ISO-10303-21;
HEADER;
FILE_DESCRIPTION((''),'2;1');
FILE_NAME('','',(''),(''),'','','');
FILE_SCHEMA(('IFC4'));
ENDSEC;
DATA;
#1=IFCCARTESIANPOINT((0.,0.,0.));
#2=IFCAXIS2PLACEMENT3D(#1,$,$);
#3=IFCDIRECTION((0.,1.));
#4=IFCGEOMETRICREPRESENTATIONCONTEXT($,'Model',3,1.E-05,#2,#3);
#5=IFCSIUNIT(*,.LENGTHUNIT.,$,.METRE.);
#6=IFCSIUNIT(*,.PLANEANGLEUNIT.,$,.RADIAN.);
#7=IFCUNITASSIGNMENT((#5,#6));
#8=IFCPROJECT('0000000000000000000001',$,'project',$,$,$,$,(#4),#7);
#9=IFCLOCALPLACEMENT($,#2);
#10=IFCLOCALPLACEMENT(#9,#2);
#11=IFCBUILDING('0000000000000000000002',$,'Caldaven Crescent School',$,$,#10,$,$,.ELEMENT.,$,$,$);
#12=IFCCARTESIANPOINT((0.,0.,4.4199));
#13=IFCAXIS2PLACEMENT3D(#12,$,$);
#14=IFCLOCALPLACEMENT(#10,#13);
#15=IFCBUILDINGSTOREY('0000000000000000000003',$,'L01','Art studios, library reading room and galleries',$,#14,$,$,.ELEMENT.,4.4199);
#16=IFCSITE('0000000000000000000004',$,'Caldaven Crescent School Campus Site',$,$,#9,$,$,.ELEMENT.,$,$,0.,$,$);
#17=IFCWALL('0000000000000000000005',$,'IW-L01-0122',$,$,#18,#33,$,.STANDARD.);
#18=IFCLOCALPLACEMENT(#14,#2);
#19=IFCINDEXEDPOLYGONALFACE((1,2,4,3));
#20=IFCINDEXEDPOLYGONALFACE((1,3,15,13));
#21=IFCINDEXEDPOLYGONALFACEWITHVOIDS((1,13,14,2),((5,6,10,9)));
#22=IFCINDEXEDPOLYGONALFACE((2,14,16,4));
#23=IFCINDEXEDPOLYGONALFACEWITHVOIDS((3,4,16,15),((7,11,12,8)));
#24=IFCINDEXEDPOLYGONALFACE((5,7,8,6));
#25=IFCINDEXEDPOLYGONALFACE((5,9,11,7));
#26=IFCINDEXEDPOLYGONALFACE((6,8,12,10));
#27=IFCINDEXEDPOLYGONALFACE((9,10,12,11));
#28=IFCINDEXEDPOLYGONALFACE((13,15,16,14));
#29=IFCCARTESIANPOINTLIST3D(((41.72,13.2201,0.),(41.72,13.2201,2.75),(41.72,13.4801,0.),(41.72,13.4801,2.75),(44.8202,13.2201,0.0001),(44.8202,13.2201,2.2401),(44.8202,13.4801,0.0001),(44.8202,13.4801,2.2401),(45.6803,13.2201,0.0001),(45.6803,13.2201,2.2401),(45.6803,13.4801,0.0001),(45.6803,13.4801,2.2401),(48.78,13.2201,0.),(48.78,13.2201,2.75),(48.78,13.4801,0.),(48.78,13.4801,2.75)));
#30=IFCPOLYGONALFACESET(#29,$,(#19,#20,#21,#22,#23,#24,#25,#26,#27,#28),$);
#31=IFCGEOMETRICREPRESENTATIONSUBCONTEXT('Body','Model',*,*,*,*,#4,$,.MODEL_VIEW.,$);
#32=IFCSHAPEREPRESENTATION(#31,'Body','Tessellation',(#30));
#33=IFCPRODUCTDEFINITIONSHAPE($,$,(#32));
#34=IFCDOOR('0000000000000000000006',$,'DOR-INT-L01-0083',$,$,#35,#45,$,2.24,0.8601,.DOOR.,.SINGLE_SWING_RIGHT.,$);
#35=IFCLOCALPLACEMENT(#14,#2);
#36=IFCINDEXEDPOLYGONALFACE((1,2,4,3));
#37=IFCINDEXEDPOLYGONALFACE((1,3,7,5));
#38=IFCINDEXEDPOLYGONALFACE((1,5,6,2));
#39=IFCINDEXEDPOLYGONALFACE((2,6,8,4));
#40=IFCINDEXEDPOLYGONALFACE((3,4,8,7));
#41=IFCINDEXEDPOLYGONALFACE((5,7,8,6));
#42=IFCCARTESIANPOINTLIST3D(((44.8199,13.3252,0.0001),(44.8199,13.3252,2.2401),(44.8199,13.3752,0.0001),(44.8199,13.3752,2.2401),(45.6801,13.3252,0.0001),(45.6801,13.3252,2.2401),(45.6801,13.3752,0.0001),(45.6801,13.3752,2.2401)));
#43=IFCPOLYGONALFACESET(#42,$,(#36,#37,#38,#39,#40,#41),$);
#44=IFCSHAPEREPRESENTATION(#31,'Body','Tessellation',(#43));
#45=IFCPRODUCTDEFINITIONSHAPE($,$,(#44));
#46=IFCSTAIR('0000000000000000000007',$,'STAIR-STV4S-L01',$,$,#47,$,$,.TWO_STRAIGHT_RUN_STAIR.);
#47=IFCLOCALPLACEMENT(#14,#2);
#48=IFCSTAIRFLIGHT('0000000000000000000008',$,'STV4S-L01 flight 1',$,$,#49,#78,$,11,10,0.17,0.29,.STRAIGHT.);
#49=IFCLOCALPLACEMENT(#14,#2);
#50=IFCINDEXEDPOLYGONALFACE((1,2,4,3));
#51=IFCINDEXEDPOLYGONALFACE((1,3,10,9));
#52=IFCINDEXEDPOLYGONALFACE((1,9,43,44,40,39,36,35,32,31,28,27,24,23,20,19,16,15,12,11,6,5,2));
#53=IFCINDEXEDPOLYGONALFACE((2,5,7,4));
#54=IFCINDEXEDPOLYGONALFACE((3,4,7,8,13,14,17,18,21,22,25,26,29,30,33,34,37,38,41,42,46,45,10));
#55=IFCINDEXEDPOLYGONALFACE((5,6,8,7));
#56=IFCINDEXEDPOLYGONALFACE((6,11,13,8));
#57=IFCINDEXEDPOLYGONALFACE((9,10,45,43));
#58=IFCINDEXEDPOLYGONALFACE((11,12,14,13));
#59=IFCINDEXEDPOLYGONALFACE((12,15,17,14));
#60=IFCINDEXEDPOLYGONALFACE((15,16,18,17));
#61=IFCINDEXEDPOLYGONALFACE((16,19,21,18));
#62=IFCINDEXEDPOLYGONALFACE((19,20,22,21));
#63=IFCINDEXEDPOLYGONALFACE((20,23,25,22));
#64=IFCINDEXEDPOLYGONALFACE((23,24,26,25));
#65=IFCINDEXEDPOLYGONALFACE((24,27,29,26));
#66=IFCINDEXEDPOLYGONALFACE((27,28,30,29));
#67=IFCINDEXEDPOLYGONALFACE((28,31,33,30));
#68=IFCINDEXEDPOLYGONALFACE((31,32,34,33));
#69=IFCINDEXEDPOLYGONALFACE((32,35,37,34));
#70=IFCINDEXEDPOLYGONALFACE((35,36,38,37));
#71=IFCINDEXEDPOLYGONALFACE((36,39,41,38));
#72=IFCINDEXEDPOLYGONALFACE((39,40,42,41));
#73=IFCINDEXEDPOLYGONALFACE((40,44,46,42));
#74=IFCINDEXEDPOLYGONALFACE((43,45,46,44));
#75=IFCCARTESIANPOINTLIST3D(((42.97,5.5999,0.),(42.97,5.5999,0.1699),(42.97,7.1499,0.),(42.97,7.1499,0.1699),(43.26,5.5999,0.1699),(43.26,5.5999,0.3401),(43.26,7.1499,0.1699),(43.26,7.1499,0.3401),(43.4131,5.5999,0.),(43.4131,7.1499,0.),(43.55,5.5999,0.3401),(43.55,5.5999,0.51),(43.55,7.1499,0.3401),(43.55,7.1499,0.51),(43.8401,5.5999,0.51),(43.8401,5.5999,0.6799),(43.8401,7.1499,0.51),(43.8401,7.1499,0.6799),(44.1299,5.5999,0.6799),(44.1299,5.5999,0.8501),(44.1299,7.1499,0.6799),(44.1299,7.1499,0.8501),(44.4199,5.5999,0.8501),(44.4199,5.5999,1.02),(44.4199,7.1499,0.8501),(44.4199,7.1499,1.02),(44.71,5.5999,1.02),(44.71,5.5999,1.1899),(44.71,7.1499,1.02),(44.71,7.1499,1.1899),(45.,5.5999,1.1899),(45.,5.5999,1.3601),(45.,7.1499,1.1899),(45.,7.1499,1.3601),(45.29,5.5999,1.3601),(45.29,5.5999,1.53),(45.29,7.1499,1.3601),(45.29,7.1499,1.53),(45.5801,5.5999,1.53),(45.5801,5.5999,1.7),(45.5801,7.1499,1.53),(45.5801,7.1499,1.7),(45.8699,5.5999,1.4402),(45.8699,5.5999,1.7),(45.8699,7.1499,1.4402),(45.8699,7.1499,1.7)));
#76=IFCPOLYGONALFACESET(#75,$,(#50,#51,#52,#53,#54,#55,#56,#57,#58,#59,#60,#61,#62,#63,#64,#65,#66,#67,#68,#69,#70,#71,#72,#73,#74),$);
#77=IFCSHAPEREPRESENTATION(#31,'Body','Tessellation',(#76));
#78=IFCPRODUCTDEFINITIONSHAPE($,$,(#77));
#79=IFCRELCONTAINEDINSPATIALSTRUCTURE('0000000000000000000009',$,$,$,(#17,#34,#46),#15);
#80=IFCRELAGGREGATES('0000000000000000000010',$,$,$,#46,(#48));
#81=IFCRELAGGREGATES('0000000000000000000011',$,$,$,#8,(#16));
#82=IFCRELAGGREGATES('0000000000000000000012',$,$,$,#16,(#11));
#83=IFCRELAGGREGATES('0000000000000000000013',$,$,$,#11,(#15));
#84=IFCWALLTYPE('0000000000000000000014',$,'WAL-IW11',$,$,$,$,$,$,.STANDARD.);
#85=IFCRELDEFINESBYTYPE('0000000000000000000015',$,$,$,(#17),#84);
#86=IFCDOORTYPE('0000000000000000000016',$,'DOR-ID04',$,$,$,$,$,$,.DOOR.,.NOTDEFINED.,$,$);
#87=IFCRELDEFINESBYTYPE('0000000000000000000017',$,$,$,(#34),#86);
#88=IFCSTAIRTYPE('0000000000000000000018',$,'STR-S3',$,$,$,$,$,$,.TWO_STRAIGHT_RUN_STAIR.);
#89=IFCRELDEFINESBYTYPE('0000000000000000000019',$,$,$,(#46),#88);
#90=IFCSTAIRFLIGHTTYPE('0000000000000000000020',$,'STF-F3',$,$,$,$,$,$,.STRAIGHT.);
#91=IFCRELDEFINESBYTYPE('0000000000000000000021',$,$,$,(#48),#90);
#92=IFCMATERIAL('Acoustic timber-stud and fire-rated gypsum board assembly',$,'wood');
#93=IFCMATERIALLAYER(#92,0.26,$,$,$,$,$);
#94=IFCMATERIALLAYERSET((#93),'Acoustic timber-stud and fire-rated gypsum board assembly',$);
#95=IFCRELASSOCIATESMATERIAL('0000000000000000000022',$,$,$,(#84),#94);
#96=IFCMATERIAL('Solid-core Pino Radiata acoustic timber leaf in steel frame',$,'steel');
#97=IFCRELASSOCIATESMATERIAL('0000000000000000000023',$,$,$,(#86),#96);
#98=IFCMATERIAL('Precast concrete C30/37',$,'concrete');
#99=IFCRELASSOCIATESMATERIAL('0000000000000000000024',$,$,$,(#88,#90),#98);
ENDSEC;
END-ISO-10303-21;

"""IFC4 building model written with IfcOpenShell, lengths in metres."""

from ifc_helpers import new_model, si_unit, direction, frame, frame_2d, origin, place, context, subcontext, project, spatial, polyline, rectangle, outline, extrude, material, layer, layer_set, type_object, element, fill, aggregate, save


model = new_model("IFC4")

# Units and contexts
model_context = context("Model", 3, precision=1e-05, world=origin(), true_north=direction((0.0, 1.0)))
body_context = subcontext(model_context, "Body", "Model", "MODEL_VIEW")
ifc_project = project(units=[si_unit("LENGTHUNIT", "METRE"), si_unit("PLANEANGLEUNIT", "RADIAN")], contexts=[model_context])

# Site, building, storey
site_placement = place(None, origin())
site = spatial("IfcSite", under=ifc_project, at=site_placement, Name="Caldaven Crescent School Campus Site", CompositionType="ELEMENT", RefElevation=0.0)
building_placement = place(site_placement, origin())
building = spatial("IfcBuilding", under=site, at=building_placement, Name="Caldaven Crescent School", CompositionType="ELEMENT")
storey_placement = place(building_placement, frame((0.0, 0.0, 4.4199)))
storey = spatial("IfcBuildingStorey", under=building, at=storey_placement, Name="L01", Description="Art studios, library reading room and galleries", CompositionType="ELEMENT", Elevation=4.4199)

# Shared definitions
ifc_material_1 = material(Name="Acoustic timber-stud and fire-rated gypsum board assembly", Category="wood")

# Wall, opening, door
ifc_layer_1 = layer(ifc_material_1, 0.26)
ifc_layer_set_1 = layer_set([ifc_layer_1], Name="Acoustic timber-stud and fire-rated gypsum board assembly")
wall_type_1 = type_object("IfcWallType", Name="WAL-IW11", PredefinedType="STANDARD", material=ifc_layer_set_1)
wall_1_placement = place(storey_placement, frame((41.72, 13.3501, 0.0), z_axis=(0.0, 0.0, 1.0), x_axis=(1.0, 0.0, 0.0)))
wall_1 = element("IfcWall", 1, at=wall_1_placement, inside=storey, type_object=wall_type_1, Name="IW-L01-0122", PredefinedType="STANDARD", context=body_context, shape_type="SweptSolid", body=[
    extrude(rectangle(XDim=7.0601, YDim=0.26, at=frame_2d((3.53, 0.0))), origin(), (0.0, 0.0, 1.0), 2.75),
])
opening_placement = place(wall_1_placement, frame((3.1001, 0.0, 0.0)))
opening = element("IfcOpeningElement", 2, at=opening_placement, cuts=wall_1, PredefinedType="OPENING", context=body_context, shape_type="SweptSolid", body=[
    extrude(rectangle(XDim=0.8601, YDim=2.24, at=frame_2d((0.4302, 1.1201))), frame((0.0, 0.1399, 0.0), z_axis=(0.0, -1.0, 0.0), x_axis=(1.0, 0.0, 0.0)), (0.0, 0.0, 1.0), 0.28),
])
ifc_material_2 = material(Name="Solid-core Pino Radiata acoustic timber leaf in steel frame", Category="steel")
door_type = type_object("IfcDoorType", Name="DOR-ID04", OperationType="NOTDEFINED", PredefinedType="DOOR", material=ifc_material_2)
door_placement = place(opening_placement, frame((0.8601, 0.0, 0.0), z_axis=(0.0, 0.0, 1.0), x_axis=(-1.0, 0.0, 0.0)))
door = element("IfcDoor", 3, at=door_placement, inside=storey, type_object=door_type, Name="DOR-INT-L01-0083", OperationType="SINGLE_SWING_RIGHT", OverallHeight=2.24, OverallWidth=0.8601, PredefinedType="DOOR", context=body_context, shape_type="SweptSolid", body=[
    extrude(rectangle(XDim=0.8601, YDim=2.24, at=frame_2d((0.4302, 1.1201))), frame((0.0, 0.0249, 0.0), z_axis=(0.0, -1.0, 0.0), x_axis=(1.0, 0.0, 0.0)), (0.0, 0.0, 1.0), 0.05),
])
fill(opening, door)

# Stair, stair flight
ifc_material_3 = material(Name="Precast concrete C30/37", Category="concrete")
stair_type = type_object("IfcStairType", Name="STR-S3", PredefinedType="TWO_STRAIGHT_RUN_STAIR", material=ifc_material_3)
stair_placement = place(storey_placement, origin())
stair = element("IfcStair", 4, at=stair_placement, inside=storey, type_object=stair_type, Name="STAIR-STV4S-L01", PredefinedType="TWO_STRAIGHT_RUN_STAIR")
stair_flight_type = type_object("IfcStairFlightType", Name="STF-F3", PredefinedType="STRAIGHT", material=ifc_material_3)
stair_flight_placement = place(storey_placement, frame((42.97, 6.375, 0.0), z_axis=(0.0, 0.0, 1.0), x_axis=(1.0, 0.0, 0.0)))
stair_flight = element("IfcStairFlight", 5, at=stair_flight_placement, type_object=stair_flight_type, Name="STV4S-L01 flight 1", NumberOfRisers=11, NumberOfTreads=10, PredefinedType="STRAIGHT", RiserHeight=0.17, TreadLength=0.29, context=body_context, shape_type="SweptSolid", body=[
    extrude(outline(polyline([(0.0, 0.0), (0.0, 0.1699), (0.29, 0.1699), (0.29, 0.3401), (0.5801, 0.3401), (0.5801, 0.51), (0.8701, 0.51), (0.8701, 0.6799), (1.1599, 0.6799), (1.1599, 0.8501), (1.45, 0.8501), (1.45, 1.02), (1.74, 1.02), (1.74, 1.1899), (2.03, 1.1899), (2.03, 1.3601), (2.3201, 1.3601), (2.3201, 1.53), (2.6101, 1.53), (2.6101, 1.7), (2.8999, 1.7), (2.8999, 1.8701), (2.8999, 1.4402), (0.4431, 0.0), (0.0, 0.0)])), frame((0.0, 0.7749, 0.0), z_axis=(0.0, -1.0, 0.0), x_axis=(1.0, 0.0, 0.0)), (0.0, 0.0, 1.0), 1.55),
])
aggregate(stair, [stair_flight])

save(model, "model.ifc")
